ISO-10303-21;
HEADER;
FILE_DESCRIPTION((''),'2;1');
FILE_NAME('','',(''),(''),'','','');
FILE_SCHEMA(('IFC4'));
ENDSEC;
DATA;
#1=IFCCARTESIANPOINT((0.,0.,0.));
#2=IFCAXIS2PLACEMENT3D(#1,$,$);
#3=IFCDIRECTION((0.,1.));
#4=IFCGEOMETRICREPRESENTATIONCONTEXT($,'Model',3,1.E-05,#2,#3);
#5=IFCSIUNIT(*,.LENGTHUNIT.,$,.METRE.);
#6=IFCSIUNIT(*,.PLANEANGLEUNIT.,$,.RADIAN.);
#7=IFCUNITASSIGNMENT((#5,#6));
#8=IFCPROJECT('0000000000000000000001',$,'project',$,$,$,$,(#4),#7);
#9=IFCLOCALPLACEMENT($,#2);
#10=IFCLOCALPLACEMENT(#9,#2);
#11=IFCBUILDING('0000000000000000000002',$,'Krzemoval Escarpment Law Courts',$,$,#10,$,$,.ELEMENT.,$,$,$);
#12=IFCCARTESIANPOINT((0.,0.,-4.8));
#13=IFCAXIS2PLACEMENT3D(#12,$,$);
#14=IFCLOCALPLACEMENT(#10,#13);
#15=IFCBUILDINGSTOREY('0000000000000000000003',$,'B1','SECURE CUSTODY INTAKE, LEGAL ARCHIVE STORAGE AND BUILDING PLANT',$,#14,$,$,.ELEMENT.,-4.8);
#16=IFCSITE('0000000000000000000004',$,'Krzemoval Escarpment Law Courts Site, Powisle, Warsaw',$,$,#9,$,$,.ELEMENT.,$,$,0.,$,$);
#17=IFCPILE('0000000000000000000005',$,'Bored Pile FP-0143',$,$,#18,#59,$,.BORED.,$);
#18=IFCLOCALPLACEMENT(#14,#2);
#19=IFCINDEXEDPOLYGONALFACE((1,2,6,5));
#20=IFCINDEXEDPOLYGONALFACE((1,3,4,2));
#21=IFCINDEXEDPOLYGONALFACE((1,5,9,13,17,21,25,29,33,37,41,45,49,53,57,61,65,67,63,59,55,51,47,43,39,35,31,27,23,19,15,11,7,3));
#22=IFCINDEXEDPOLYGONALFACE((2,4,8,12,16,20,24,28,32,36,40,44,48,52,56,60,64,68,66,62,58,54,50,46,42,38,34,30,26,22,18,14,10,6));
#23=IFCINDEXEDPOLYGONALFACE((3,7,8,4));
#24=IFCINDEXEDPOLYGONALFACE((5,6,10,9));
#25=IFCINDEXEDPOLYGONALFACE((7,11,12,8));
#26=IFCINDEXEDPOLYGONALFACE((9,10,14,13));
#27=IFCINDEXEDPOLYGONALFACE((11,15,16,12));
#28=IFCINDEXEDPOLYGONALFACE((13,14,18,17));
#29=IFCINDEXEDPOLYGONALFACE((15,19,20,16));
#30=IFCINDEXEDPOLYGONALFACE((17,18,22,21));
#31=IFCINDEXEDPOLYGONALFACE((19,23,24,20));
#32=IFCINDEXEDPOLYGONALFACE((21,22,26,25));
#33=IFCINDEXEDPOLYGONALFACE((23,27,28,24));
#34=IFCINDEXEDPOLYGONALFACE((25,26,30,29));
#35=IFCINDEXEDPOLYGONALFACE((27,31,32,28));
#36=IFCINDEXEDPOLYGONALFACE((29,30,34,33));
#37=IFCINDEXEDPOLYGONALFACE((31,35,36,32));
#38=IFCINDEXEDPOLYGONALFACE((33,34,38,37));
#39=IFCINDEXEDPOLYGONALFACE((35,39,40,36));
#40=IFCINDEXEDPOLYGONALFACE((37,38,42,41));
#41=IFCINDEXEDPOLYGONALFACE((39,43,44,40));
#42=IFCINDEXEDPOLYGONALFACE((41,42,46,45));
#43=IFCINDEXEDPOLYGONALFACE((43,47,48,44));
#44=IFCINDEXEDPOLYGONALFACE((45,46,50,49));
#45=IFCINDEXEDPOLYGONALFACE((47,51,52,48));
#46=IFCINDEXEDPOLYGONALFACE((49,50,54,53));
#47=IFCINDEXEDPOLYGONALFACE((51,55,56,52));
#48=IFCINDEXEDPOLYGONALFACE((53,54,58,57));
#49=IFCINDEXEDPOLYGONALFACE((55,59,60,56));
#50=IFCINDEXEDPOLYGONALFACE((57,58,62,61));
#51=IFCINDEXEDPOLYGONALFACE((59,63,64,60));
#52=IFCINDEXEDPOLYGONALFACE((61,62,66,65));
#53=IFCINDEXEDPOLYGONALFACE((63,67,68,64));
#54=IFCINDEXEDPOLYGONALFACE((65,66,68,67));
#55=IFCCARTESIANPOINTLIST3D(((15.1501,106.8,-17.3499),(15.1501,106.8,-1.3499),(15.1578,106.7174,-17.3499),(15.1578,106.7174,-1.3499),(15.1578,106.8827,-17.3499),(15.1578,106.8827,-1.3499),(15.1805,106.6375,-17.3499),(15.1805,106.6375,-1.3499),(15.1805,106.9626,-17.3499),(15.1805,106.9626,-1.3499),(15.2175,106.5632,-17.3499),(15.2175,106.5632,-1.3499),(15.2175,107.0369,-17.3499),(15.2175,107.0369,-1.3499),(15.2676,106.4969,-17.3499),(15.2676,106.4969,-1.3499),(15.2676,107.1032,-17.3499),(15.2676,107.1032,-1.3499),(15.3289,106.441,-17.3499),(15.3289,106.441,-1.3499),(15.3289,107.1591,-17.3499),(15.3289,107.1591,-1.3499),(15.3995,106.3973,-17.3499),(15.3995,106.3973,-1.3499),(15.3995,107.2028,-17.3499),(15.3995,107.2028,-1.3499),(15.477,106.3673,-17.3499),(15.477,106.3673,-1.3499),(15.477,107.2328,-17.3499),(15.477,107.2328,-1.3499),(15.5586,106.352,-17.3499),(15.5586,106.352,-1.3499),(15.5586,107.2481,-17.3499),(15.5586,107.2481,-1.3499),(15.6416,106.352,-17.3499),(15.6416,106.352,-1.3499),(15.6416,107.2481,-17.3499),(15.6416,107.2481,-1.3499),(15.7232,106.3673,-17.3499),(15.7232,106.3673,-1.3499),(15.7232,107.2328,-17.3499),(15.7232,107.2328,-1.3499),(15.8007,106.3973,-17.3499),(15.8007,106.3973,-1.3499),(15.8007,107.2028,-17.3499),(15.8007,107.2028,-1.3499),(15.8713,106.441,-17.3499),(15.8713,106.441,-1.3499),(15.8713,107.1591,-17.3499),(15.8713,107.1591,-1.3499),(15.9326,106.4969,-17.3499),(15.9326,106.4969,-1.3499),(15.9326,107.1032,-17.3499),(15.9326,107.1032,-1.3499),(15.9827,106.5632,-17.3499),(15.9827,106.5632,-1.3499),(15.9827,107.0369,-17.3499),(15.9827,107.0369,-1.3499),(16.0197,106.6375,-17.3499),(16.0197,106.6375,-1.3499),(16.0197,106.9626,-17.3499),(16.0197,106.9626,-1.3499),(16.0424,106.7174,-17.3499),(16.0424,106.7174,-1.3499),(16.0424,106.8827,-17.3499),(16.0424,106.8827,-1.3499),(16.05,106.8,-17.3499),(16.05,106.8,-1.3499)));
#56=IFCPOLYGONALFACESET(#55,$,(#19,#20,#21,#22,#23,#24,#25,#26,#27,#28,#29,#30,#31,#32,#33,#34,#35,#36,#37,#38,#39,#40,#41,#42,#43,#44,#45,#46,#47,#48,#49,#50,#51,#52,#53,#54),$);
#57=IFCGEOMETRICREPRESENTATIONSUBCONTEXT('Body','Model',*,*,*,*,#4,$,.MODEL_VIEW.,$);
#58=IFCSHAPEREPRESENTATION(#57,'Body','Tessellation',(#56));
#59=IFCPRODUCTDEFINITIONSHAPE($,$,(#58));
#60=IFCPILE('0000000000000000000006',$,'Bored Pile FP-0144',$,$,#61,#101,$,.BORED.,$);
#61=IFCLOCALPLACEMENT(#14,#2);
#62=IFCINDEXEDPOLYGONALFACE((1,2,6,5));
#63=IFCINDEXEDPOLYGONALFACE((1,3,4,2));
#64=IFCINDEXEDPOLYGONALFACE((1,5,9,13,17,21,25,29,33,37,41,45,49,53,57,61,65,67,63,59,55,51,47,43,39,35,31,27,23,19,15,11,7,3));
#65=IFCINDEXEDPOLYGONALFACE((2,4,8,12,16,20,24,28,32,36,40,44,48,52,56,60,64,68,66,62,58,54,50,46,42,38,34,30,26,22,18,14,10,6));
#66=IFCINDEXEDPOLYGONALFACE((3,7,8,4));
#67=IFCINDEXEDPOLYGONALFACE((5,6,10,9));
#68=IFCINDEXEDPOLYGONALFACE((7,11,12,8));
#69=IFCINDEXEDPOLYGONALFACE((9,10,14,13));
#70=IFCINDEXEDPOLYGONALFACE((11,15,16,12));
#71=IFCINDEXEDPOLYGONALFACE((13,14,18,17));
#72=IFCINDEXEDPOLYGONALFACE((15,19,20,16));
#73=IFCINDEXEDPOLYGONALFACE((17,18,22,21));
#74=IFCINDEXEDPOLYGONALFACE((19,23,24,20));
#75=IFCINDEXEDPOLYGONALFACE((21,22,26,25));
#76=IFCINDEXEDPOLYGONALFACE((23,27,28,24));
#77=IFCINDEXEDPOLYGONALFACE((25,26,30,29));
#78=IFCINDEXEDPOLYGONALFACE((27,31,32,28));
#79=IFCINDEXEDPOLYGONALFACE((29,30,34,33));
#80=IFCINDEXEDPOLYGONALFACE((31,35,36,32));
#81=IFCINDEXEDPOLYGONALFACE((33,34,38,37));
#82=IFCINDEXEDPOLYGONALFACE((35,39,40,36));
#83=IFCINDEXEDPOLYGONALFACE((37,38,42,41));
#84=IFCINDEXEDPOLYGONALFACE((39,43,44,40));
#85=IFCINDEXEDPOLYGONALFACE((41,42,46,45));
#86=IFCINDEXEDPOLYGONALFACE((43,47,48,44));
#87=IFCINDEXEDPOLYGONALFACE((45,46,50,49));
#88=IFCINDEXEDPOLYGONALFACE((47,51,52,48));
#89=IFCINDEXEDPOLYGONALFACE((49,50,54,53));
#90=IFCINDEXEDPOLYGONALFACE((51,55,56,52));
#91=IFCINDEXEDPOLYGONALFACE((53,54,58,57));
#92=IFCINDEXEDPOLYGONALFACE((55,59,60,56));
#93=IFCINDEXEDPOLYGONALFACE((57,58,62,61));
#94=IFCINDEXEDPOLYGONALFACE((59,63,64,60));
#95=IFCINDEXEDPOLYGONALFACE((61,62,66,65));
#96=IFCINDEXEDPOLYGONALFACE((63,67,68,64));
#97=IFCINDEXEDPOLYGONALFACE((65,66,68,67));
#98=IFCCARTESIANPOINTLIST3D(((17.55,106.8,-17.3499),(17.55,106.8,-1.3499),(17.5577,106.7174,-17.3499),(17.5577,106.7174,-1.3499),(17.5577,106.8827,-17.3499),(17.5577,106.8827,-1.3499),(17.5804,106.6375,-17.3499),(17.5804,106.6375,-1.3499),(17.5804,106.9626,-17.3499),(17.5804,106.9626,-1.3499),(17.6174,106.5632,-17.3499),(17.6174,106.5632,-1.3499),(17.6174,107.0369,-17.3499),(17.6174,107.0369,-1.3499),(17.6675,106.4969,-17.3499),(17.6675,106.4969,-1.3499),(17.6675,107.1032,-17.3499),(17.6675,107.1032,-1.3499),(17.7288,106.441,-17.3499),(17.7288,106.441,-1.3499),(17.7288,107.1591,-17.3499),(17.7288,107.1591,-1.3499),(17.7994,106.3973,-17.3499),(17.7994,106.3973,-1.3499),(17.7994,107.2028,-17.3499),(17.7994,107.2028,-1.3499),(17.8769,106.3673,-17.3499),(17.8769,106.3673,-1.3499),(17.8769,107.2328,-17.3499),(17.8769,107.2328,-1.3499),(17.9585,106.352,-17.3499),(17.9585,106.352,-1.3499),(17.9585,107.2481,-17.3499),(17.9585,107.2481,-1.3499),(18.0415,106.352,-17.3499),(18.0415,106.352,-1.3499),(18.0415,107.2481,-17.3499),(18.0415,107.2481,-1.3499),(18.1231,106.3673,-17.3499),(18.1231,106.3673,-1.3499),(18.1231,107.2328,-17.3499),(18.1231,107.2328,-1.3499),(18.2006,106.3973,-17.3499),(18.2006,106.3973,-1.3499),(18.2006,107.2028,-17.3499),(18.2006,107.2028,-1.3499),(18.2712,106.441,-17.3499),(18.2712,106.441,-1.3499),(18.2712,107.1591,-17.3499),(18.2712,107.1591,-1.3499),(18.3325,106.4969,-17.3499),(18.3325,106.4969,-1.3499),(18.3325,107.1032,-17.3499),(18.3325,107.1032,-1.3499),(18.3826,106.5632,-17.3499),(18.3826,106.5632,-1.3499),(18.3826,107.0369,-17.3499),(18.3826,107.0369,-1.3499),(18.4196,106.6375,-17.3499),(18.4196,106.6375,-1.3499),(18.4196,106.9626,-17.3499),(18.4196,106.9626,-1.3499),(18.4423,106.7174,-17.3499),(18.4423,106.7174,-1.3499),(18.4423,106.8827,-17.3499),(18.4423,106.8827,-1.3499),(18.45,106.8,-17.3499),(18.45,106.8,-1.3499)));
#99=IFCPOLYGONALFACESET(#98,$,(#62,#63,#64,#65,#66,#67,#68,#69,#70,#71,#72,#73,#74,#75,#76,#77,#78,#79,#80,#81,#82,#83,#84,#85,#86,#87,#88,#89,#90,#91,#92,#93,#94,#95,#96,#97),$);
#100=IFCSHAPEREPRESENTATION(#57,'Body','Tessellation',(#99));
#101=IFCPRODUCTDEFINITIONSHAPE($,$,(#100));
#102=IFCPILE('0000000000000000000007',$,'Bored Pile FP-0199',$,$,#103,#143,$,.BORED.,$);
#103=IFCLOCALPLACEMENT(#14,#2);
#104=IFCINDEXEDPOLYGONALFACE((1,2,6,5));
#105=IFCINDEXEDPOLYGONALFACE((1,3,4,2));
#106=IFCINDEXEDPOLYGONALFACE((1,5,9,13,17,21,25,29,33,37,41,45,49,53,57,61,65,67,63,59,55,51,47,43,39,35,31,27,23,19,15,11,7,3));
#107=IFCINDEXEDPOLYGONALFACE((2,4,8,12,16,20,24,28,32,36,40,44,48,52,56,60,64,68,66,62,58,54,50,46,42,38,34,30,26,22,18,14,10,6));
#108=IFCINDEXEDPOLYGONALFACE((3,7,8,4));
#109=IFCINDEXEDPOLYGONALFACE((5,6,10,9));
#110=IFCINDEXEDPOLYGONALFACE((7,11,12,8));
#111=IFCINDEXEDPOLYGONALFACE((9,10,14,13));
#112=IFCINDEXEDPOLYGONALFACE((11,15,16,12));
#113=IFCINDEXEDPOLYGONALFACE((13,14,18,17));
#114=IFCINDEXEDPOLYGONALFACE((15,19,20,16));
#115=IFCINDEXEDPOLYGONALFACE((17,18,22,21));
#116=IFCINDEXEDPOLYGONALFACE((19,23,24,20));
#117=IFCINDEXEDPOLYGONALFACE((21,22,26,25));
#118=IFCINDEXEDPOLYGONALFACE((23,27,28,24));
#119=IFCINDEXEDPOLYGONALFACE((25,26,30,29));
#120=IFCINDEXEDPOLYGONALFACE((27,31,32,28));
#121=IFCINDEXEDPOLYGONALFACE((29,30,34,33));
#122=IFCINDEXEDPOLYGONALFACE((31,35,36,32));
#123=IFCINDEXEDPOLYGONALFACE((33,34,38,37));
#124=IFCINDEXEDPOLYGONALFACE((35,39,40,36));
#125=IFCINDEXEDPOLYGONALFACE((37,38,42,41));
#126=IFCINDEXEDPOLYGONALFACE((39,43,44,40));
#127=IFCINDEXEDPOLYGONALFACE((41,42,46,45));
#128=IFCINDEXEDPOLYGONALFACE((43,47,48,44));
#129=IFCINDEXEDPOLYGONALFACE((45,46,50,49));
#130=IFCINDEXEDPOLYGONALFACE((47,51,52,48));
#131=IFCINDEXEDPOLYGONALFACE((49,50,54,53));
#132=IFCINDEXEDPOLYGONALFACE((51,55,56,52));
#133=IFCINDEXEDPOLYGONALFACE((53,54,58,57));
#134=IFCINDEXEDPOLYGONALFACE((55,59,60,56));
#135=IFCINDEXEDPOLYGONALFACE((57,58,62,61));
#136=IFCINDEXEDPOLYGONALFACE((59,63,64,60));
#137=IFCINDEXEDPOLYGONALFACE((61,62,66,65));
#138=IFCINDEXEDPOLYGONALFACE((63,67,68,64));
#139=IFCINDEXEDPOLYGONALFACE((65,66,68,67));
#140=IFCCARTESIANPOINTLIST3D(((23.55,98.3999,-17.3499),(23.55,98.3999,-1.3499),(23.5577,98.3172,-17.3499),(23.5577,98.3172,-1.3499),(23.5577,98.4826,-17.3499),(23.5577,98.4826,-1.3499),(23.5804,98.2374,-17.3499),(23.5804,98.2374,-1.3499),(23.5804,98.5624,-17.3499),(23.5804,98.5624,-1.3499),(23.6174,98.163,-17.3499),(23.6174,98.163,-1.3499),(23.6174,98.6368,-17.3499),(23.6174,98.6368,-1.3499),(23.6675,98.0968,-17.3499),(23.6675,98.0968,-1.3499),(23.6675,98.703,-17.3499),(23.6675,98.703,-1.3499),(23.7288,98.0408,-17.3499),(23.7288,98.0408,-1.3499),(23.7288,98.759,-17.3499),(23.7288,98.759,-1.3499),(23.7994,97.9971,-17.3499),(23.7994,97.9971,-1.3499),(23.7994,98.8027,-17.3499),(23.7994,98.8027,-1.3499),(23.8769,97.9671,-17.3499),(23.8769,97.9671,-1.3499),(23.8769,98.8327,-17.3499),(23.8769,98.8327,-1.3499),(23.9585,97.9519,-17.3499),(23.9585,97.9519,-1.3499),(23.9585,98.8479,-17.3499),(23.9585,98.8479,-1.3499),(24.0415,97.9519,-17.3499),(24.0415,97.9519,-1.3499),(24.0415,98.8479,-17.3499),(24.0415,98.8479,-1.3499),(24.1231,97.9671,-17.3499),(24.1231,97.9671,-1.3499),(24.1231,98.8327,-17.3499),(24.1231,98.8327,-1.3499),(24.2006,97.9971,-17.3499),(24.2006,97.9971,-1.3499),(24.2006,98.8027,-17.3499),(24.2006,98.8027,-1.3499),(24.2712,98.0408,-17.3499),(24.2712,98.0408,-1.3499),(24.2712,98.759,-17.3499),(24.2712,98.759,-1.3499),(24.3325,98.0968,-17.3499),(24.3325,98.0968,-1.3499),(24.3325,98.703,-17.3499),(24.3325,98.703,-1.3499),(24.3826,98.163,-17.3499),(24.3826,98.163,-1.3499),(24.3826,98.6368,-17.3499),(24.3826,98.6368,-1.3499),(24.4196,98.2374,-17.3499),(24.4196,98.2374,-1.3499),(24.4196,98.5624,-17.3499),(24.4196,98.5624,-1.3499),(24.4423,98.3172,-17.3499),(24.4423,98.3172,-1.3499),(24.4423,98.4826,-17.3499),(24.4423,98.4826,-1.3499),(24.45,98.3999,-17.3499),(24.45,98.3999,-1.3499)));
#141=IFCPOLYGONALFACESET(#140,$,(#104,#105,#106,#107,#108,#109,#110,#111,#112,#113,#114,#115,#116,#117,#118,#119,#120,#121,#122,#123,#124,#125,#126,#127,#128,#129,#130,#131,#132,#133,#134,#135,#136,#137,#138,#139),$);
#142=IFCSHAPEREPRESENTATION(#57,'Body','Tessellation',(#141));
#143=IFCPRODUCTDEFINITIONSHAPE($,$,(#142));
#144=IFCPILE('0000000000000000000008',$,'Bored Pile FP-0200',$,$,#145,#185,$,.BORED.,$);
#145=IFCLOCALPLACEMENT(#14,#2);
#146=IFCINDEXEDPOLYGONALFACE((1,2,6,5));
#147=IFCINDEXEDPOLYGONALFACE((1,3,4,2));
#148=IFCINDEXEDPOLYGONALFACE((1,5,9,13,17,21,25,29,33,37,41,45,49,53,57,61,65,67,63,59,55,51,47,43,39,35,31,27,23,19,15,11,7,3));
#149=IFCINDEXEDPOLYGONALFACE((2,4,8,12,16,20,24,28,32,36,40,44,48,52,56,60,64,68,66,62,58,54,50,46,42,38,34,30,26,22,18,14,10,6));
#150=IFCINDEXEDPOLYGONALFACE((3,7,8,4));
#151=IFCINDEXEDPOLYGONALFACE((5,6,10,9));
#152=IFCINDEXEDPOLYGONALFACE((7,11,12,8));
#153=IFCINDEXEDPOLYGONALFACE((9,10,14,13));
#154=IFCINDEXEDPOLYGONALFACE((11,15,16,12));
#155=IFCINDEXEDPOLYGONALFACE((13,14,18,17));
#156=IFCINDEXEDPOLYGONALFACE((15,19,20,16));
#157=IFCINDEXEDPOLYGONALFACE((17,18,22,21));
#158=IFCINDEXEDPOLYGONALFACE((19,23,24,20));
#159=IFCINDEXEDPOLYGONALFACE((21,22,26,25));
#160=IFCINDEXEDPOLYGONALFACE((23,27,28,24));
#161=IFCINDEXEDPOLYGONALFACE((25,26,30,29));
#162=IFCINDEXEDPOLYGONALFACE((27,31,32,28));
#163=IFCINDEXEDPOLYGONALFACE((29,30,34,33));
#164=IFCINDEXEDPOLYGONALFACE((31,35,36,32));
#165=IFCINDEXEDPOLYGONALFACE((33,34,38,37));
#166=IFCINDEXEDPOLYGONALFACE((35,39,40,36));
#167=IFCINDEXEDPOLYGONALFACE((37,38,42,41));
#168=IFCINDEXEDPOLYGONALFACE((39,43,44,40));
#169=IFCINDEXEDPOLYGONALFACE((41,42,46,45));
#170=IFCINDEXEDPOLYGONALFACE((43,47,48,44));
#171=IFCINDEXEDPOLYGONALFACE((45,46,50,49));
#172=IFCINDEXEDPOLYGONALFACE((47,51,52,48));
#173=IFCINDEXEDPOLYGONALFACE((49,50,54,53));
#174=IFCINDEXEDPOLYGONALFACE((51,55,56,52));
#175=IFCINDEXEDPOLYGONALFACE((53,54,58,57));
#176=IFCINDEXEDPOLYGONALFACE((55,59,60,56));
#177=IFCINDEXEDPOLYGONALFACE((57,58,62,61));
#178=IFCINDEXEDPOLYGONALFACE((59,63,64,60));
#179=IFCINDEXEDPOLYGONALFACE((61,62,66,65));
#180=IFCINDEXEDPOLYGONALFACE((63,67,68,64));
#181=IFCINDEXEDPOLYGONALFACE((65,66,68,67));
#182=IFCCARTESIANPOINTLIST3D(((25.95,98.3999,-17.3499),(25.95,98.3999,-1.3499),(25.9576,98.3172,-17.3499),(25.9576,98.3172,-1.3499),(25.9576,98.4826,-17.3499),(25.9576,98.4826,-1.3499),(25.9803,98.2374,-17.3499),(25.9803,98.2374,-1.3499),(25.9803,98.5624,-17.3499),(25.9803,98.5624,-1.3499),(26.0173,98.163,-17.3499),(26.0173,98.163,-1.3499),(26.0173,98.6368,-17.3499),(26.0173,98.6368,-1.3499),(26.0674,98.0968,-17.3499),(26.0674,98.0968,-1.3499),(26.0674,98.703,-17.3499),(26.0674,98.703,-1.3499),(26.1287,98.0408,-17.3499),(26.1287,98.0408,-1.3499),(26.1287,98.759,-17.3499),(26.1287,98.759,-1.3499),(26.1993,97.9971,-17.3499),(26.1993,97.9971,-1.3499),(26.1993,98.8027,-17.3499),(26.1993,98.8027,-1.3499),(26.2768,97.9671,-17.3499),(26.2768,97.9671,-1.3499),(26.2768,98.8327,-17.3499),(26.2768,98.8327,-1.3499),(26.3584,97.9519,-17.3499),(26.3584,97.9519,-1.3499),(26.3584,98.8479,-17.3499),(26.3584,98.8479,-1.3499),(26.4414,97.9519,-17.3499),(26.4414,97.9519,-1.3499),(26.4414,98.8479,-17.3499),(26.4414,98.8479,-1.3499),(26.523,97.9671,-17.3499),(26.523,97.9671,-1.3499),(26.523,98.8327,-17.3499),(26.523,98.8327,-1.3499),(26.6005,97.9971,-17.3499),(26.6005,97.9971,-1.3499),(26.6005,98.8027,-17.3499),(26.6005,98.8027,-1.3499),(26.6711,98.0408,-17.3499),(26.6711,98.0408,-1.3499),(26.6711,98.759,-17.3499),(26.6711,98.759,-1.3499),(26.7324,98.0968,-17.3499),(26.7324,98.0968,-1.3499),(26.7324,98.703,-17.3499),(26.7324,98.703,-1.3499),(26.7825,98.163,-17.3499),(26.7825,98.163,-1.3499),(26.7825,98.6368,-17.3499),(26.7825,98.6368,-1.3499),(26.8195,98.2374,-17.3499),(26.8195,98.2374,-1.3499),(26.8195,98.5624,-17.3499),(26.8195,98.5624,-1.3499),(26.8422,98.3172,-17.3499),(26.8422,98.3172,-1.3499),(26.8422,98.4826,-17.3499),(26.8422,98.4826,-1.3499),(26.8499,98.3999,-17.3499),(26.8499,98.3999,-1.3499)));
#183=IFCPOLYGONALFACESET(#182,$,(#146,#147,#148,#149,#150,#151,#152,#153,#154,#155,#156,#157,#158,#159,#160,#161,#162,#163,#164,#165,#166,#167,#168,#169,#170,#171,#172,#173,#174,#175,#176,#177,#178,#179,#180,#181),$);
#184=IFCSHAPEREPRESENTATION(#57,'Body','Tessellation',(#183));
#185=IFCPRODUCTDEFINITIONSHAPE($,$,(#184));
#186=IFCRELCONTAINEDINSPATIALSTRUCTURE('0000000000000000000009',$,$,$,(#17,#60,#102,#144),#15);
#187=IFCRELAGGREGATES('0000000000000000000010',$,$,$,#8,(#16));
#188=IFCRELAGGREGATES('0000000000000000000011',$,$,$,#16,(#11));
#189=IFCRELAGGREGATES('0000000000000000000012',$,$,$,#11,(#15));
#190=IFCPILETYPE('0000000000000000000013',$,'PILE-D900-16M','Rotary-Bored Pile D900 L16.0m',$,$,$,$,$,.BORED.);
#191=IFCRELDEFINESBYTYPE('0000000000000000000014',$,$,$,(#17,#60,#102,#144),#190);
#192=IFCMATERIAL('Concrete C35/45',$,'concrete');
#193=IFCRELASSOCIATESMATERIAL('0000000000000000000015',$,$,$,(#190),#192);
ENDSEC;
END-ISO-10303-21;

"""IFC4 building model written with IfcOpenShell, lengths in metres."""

from ifc_helpers import new_model, si_unit, direction, frame, origin, origin_2d, place, context, subcontext, project, spatial, circle, extrude, material, material_profile, profile_set, type_object, element, save


model = new_model("IFC4")

# Units and contexts
model_context = context("Model", 3, precision=1e-05, world=origin(), true_north=direction((0.0, 1.0)))
body_context = subcontext(model_context, "Body", "Model", "MODEL_VIEW")
ifc_project = project(units=[si_unit("LENGTHUNIT", "METRE"), si_unit("PLANEANGLEUNIT", "RADIAN")], contexts=[model_context])

# Site, building, storey
site_placement = place(None, origin())
site = spatial("IfcSite", under=ifc_project, at=site_placement, Name="Krzemoval Escarpment Law Courts Site, Powisle, Warsaw", CompositionType="ELEMENT", RefElevation=0.0)
building_placement = place(site_placement, origin())
building = spatial("IfcBuilding", under=site, at=building_placement, Name="Krzemoval Escarpment Law Courts", CompositionType="ELEMENT")
storey_placement = place(building_placement, frame((0.0, 0.0, -4.8)))
storey = spatial("IfcBuildingStorey", under=building, at=storey_placement, Name="B1", Description="SECURE CUSTODY INTAKE, LEGAL ARCHIVE STORAGE AND BUILDING PLANT", CompositionType="ELEMENT", Elevation=-4.8)

# Piles
ifc_material_1 = material(Name="Concrete C35/45", Category="concrete")
ifc_material_profile_1 = material_profile(ifc_material_1, circle(Radius=0.45, at=origin_2d()), Name="PILE D900")
ifc_profile_set_1 = profile_set([ifc_material_profile_1], Name="Concrete C35/45")
pile_type = type_object("IfcPileType", Name="PILE-D900-16M", Description="Rotary-Bored Pile D900 L16.0m", PredefinedType="BORED", material=ifc_profile_set_1)
for number, where, z_axis, x_axis, name in (
    (1, (15.6001, 106.8, -1.3499), (0.0, 0.0, -1.0), (1.0, 0.0, 0.0), "Bored Pile FP-0143"),
    (2, (18.0, 106.8, -1.3499), (0.0, 0.0, -1.0), (1.0, 0.0, 0.0), "Bored Pile FP-0144"),
    (3, (24.0, 98.3999, -1.3499), (0.0, 0.0, -1.0), (1.0, 0.0, 0.0), "Bored Pile FP-0199"),
    (4, (26.3999, 98.3999, -1.3499), (0.0, 0.0, -1.0), (1.0, 0.0, 0.0), "Bored Pile FP-0200"),
):
    element("IfcPile", number, at=place(storey_placement, frame(where, z_axis=z_axis, x_axis=x_axis)), inside=storey, type_object=pile_type, Name=name, PredefinedType="BORED", context=body_context, shape_type="SweptSolid", body=[
        extrude(circle(Radius=0.45, at=origin_2d()), origin(), (0.0, 0.0, 1.0), 16.0),
    ])

save(model, "model.ifc")
